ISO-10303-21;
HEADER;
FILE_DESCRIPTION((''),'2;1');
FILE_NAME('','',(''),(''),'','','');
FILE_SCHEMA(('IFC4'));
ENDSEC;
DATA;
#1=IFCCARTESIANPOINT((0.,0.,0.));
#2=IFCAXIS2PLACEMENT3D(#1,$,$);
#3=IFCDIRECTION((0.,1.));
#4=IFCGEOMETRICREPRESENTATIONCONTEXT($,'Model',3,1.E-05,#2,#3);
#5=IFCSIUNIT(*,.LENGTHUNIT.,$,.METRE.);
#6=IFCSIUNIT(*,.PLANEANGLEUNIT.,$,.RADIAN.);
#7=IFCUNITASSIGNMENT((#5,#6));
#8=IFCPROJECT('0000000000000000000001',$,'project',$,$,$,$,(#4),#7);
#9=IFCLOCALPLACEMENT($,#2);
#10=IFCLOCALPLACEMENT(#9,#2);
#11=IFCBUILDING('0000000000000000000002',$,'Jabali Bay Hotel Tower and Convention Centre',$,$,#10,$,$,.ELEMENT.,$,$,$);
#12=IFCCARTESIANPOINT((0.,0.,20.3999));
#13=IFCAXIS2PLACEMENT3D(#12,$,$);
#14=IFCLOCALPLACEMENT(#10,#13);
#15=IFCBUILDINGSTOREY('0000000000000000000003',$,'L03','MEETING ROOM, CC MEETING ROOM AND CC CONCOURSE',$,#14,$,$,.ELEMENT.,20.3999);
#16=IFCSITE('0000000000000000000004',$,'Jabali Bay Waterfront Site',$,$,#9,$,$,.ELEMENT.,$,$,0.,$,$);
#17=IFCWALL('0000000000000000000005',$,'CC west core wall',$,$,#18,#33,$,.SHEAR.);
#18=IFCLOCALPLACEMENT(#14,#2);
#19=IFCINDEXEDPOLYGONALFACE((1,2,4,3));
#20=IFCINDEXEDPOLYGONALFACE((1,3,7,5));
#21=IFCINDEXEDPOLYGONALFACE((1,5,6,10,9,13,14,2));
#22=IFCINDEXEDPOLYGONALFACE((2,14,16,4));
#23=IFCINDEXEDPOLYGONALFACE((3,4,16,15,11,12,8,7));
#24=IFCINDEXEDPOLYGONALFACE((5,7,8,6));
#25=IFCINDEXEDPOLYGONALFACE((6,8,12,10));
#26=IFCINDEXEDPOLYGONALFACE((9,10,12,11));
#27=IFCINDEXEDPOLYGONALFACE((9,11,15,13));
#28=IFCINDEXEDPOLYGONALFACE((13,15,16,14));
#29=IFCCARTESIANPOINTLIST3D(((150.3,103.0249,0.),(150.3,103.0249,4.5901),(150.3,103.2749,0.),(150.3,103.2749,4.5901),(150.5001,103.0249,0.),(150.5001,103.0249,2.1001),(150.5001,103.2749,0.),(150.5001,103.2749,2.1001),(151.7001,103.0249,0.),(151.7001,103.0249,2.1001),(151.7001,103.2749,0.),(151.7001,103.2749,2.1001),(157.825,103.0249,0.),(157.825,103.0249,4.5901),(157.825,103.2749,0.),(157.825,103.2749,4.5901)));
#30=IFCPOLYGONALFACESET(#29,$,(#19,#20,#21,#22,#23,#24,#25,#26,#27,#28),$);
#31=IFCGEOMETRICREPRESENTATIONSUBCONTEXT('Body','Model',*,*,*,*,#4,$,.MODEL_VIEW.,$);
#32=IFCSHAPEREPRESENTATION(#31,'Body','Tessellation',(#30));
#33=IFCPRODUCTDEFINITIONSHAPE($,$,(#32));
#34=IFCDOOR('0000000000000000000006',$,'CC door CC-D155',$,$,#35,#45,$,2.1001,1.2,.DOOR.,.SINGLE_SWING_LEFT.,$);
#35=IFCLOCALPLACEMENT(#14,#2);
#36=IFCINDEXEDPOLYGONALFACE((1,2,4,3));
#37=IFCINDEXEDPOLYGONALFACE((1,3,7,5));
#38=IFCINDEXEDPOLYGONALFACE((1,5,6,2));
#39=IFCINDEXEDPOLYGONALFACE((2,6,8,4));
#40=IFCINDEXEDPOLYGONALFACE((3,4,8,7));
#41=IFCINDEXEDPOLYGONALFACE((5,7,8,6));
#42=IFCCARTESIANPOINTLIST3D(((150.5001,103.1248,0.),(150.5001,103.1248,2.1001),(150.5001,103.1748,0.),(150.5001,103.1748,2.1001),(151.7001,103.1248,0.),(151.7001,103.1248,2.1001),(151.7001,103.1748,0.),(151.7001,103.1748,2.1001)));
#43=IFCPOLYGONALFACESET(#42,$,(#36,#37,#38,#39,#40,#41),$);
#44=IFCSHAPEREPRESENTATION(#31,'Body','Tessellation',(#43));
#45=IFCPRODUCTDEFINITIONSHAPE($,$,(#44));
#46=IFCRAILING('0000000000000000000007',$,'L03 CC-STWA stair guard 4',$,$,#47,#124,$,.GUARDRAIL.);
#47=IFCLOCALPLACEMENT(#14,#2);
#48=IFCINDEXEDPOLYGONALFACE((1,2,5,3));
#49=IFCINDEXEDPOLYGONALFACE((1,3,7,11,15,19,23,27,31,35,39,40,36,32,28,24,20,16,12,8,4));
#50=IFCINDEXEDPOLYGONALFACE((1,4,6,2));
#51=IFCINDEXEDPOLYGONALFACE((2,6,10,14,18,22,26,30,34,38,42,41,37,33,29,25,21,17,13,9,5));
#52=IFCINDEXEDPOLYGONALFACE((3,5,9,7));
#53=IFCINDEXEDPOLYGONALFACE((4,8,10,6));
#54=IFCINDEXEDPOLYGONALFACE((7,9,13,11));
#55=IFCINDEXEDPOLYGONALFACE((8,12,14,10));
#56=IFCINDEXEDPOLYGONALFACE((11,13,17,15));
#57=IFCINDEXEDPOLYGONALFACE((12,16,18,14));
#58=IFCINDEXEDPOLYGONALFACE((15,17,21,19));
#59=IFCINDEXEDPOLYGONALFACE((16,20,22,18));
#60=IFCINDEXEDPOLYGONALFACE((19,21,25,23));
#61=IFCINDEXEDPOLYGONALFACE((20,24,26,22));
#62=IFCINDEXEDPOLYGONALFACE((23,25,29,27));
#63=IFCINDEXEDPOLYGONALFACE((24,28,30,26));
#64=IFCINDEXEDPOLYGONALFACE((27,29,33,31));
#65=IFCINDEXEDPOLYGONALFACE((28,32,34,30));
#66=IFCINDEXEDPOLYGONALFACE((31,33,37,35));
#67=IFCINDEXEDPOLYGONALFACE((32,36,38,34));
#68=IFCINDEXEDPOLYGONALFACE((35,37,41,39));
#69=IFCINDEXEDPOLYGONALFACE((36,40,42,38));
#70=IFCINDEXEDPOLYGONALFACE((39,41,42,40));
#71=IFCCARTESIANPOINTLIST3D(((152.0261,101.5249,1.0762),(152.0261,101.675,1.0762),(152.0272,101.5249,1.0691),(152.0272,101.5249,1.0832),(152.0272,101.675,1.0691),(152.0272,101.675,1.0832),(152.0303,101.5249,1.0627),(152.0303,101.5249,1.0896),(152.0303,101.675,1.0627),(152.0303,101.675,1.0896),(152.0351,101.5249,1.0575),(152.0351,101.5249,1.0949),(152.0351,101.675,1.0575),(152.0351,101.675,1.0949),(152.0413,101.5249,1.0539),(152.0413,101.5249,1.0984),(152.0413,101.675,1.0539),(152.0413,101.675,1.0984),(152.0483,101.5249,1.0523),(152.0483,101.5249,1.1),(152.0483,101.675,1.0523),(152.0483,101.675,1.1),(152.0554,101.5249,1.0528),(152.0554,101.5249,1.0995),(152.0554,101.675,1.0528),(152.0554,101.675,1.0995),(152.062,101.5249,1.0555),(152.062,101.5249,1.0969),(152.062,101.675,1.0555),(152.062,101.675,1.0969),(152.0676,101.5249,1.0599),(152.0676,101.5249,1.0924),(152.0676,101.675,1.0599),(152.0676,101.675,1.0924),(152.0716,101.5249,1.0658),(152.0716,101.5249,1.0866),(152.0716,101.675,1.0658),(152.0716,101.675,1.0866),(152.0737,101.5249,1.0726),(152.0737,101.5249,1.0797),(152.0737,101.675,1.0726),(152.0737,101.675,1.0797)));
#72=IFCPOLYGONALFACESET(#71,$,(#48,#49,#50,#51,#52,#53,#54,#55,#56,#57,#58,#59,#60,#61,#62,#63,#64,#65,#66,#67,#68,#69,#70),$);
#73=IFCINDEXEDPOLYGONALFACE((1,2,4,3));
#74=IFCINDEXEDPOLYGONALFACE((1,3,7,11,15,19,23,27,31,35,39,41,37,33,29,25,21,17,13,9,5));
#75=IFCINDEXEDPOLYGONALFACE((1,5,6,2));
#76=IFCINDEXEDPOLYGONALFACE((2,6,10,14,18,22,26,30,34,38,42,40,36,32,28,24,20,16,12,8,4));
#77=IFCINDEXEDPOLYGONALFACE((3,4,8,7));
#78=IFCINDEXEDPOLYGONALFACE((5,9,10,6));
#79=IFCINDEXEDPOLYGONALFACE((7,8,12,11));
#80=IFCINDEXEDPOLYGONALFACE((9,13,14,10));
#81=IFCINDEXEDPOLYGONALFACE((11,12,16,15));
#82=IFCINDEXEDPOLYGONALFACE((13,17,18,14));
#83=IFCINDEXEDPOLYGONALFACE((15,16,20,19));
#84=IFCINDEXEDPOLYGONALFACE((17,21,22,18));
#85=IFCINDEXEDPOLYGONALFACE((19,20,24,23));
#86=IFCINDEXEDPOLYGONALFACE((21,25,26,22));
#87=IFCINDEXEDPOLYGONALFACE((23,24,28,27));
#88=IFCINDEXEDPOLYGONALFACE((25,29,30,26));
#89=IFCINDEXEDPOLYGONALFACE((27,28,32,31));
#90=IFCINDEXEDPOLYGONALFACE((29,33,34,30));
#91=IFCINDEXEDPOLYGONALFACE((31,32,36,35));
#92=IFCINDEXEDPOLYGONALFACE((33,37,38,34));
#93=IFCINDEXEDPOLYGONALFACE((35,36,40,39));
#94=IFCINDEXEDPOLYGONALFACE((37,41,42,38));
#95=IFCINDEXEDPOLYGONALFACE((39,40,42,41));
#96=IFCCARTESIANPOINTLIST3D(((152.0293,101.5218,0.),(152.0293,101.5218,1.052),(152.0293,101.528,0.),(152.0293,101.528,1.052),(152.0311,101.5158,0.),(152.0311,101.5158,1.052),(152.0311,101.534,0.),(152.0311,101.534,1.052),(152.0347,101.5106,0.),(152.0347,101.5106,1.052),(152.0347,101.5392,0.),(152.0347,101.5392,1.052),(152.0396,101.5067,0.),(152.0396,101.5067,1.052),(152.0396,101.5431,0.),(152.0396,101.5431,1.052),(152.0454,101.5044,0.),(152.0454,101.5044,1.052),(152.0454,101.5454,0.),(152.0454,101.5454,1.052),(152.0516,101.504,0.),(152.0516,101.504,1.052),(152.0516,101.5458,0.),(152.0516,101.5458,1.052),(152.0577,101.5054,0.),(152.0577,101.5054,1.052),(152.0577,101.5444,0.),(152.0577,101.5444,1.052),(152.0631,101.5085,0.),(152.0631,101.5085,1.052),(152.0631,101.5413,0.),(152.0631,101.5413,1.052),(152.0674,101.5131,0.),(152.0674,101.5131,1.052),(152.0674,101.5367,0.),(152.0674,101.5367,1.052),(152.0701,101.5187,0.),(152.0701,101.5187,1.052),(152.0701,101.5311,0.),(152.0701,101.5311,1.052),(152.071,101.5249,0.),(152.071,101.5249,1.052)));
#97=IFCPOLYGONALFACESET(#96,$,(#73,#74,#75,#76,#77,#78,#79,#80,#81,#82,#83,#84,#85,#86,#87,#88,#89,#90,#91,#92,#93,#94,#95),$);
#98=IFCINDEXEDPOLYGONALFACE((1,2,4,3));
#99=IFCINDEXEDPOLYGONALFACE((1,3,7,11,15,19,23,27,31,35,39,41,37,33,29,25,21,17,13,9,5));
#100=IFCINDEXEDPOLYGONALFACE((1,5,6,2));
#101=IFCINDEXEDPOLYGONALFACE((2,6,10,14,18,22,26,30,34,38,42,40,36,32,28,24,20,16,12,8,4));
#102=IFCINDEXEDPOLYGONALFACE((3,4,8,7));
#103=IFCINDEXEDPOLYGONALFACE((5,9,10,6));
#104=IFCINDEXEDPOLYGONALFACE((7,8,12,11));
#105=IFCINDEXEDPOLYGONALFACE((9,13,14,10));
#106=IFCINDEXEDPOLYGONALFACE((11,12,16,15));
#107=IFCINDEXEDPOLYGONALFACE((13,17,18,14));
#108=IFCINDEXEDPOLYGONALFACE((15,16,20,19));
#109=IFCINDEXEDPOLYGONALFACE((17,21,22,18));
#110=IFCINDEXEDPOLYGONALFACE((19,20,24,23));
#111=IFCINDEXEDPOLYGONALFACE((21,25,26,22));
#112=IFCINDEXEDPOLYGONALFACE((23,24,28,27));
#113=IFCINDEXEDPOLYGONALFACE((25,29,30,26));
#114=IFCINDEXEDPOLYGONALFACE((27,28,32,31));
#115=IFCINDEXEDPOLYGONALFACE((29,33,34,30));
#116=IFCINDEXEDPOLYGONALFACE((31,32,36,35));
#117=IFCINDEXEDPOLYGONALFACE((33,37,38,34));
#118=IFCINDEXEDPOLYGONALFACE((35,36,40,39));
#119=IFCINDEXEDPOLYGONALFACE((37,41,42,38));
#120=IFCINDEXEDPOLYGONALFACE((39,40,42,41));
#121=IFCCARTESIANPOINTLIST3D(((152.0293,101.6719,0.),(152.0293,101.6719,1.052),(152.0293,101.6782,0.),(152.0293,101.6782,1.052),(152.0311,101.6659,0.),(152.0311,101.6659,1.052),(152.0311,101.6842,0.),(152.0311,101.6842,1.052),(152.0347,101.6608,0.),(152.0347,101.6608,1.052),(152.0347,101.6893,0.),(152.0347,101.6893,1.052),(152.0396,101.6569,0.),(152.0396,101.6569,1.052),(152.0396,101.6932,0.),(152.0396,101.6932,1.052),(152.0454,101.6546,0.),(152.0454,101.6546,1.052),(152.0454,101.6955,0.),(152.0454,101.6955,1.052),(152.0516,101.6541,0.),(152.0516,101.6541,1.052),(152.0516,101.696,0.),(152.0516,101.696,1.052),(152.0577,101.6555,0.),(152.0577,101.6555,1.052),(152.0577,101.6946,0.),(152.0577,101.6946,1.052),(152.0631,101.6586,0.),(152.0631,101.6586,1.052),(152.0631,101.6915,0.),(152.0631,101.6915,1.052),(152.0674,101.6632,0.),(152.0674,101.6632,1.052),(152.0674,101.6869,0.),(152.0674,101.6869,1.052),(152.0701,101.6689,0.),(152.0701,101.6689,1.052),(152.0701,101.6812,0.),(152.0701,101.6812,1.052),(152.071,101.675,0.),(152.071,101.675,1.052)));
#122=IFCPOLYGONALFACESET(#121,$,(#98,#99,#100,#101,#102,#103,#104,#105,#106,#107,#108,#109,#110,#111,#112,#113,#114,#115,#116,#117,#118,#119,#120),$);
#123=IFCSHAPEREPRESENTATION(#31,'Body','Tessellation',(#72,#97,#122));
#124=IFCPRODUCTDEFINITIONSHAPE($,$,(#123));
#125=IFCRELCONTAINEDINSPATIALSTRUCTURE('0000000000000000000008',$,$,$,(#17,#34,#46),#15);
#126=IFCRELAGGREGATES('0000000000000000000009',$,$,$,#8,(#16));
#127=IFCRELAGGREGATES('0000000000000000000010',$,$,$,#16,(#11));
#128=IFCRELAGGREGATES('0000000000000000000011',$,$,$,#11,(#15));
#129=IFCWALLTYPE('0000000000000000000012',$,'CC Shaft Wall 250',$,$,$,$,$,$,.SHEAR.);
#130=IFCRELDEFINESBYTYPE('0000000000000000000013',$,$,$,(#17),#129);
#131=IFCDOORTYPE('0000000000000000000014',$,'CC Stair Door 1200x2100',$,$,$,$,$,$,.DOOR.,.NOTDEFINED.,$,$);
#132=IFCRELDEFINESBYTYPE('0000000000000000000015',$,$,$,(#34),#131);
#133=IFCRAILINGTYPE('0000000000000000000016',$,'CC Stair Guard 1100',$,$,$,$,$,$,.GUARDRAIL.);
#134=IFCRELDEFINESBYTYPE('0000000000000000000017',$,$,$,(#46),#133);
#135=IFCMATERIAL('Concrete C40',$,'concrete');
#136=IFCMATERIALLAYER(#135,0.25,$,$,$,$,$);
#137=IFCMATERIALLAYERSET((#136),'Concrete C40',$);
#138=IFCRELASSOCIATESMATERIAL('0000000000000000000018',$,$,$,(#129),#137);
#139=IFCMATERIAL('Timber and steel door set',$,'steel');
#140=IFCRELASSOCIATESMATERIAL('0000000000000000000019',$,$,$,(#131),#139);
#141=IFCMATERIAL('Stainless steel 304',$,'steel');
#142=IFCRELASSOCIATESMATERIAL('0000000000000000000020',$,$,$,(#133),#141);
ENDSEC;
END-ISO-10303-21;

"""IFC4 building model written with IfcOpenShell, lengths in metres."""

from ifc_helpers import new_model, si_unit, direction, frame, frame_2d, origin, origin_2d, place, context, subcontext, project, spatial, rectangle, circle, extrude, material, layer, layer_set, type_object, element, fill, save


model = new_model("IFC4")

# Units and contexts
model_context = context("Model", 3, precision=1e-05, world=origin(), true_north=direction((0.0, 1.0)))
body_context = subcontext(model_context, "Body", "Model", "MODEL_VIEW")
ifc_project = project(units=[si_unit("LENGTHUNIT", "METRE"), si_unit("PLANEANGLEUNIT", "RADIAN")], contexts=[model_context])

# Site, building, storey
site_placement = place(None, origin())
site = spatial("IfcSite", under=ifc_project, at=site_placement, Name="Jabali Bay Waterfront Site", CompositionType="ELEMENT", RefElevation=0.0)
building_placement = place(site_placement, origin())
building = spatial("IfcBuilding", under=site, at=building_placement, Name="Jabali Bay Hotel Tower and Convention Centre", CompositionType="ELEMENT")
storey_placement = place(building_placement, frame((0.0, 0.0, 20.3999)))
storey = spatial("IfcBuildingStorey", under=building, at=storey_placement, Name="L03", Description="MEETING ROOM, CC MEETING ROOM AND CC CONCOURSE", CompositionType="ELEMENT", Elevation=20.3999)

# Shared definitions
ifc_material_1 = material(Name="Concrete C40", Category="concrete")

# Shared definitions
ifc_material_2 = material(Name="Timber and steel door set", Category="steel")

# Wall, opening, door
ifc_layer_1 = layer(ifc_material_1, 0.25)
ifc_layer_set_1 = layer_set([ifc_layer_1], Name="Concrete C40")
wall_type_1 = type_object("IfcWallType", Name="CC Shaft Wall 250", PredefinedType="SHEAR", material=ifc_layer_set_1)
wall_1_placement = place(storey_placement, frame((150.3, 103.1499, 0.0), z_axis=(0.0, 0.0, 1.0), x_axis=(1.0, 0.0, 0.0)))
wall_1 = element("IfcWall", 1, at=wall_1_placement, inside=storey, type_object=wall_type_1, Name="CC west core wall", PredefinedType="SHEAR", context=body_context, shape_type="SweptSolid", body=[
    extrude(rectangle(XDim=7.5249, YDim=0.25, at=frame_2d((3.7625, 0.0))), origin(), (0.0, 0.0, 1.0), 4.5901),
])
opening_1_placement = place(wall_1_placement, frame((0.2, 0.0, 0.0)))
opening_1 = element("IfcOpeningElement", 2, at=opening_1_placement, cuts=wall_1, PredefinedType="OPENING", context=body_context, shape_type="SweptSolid", body=[
    extrude(rectangle(XDim=1.2, YDim=2.1001, at=frame_2d((0.6001, 1.05))), frame((0.0, 0.1355, 0.0), z_axis=(0.0, -1.0, 0.0), x_axis=(1.0, 0.0, 0.0)), (0.0, 0.0, 1.0), 0.271),
])
door_type_1 = type_object("IfcDoorType", Name="CC Stair Door 1200x2100", OperationType="NOTDEFINED", PredefinedType="DOOR", material=ifc_material_2)
door_1_placement = place(opening_1_placement, origin())
door_1 = element("IfcDoor", 3, at=door_1_placement, inside=storey, type_object=door_type_1, Name="CC door CC-D155", OperationType="SINGLE_SWING_LEFT", OverallHeight=2.1001, OverallWidth=1.2, PredefinedType="DOOR", context=body_context, shape_type="SweptSolid", body=[
    extrude(rectangle(XDim=1.2, YDim=2.1001, at=frame_2d((0.6001, 1.05))), frame((0.0, 0.0249, 0.0), z_axis=(0.0, -1.0, 0.0), x_axis=(1.0, 0.0, 0.0)), (0.0, 0.0, 1.0), 0.05),
])
fill(opening_1, door_1)

# Railing
ifc_material_3 = material(Name="Stainless steel 304", Category="steel")
railing_type_1 = type_object("IfcRailingType", Name="CC Stair Guard 1100", PredefinedType="GUARDRAIL", material=ifc_material_3)
railing_1_placement = place(storey_placement, frame((152.05, 101.5249, 0.0)))
element("IfcRailing", 4, at=railing_1_placement, inside=storey, type_object=railing_type_1, Name="L03 CC-STWA stair guard 4", PredefinedType="GUARDRAIL", context=body_context, shape_type="SweptSolid", body=[
    extrude(circle(Radius=0.0239, at=origin_2d()), frame((0.0, 0.0, 1.0762), z_axis=(0.0, 1.0, 0.0), x_axis=(-1.0, 0.0, 0.0)), (0.0, 0.0, 1.0), 0.1501),
    extrude(circle(Radius=0.021, at=origin_2d()), origin(), (0.0, 0.0, 1.0), 1.052),
    extrude(circle(Radius=0.021, at=origin_2d()), frame((0.0, 0.1501, 0.0)), (0.0, 0.0, 1.0), 1.052),
])

save(model, "model.ifc")
